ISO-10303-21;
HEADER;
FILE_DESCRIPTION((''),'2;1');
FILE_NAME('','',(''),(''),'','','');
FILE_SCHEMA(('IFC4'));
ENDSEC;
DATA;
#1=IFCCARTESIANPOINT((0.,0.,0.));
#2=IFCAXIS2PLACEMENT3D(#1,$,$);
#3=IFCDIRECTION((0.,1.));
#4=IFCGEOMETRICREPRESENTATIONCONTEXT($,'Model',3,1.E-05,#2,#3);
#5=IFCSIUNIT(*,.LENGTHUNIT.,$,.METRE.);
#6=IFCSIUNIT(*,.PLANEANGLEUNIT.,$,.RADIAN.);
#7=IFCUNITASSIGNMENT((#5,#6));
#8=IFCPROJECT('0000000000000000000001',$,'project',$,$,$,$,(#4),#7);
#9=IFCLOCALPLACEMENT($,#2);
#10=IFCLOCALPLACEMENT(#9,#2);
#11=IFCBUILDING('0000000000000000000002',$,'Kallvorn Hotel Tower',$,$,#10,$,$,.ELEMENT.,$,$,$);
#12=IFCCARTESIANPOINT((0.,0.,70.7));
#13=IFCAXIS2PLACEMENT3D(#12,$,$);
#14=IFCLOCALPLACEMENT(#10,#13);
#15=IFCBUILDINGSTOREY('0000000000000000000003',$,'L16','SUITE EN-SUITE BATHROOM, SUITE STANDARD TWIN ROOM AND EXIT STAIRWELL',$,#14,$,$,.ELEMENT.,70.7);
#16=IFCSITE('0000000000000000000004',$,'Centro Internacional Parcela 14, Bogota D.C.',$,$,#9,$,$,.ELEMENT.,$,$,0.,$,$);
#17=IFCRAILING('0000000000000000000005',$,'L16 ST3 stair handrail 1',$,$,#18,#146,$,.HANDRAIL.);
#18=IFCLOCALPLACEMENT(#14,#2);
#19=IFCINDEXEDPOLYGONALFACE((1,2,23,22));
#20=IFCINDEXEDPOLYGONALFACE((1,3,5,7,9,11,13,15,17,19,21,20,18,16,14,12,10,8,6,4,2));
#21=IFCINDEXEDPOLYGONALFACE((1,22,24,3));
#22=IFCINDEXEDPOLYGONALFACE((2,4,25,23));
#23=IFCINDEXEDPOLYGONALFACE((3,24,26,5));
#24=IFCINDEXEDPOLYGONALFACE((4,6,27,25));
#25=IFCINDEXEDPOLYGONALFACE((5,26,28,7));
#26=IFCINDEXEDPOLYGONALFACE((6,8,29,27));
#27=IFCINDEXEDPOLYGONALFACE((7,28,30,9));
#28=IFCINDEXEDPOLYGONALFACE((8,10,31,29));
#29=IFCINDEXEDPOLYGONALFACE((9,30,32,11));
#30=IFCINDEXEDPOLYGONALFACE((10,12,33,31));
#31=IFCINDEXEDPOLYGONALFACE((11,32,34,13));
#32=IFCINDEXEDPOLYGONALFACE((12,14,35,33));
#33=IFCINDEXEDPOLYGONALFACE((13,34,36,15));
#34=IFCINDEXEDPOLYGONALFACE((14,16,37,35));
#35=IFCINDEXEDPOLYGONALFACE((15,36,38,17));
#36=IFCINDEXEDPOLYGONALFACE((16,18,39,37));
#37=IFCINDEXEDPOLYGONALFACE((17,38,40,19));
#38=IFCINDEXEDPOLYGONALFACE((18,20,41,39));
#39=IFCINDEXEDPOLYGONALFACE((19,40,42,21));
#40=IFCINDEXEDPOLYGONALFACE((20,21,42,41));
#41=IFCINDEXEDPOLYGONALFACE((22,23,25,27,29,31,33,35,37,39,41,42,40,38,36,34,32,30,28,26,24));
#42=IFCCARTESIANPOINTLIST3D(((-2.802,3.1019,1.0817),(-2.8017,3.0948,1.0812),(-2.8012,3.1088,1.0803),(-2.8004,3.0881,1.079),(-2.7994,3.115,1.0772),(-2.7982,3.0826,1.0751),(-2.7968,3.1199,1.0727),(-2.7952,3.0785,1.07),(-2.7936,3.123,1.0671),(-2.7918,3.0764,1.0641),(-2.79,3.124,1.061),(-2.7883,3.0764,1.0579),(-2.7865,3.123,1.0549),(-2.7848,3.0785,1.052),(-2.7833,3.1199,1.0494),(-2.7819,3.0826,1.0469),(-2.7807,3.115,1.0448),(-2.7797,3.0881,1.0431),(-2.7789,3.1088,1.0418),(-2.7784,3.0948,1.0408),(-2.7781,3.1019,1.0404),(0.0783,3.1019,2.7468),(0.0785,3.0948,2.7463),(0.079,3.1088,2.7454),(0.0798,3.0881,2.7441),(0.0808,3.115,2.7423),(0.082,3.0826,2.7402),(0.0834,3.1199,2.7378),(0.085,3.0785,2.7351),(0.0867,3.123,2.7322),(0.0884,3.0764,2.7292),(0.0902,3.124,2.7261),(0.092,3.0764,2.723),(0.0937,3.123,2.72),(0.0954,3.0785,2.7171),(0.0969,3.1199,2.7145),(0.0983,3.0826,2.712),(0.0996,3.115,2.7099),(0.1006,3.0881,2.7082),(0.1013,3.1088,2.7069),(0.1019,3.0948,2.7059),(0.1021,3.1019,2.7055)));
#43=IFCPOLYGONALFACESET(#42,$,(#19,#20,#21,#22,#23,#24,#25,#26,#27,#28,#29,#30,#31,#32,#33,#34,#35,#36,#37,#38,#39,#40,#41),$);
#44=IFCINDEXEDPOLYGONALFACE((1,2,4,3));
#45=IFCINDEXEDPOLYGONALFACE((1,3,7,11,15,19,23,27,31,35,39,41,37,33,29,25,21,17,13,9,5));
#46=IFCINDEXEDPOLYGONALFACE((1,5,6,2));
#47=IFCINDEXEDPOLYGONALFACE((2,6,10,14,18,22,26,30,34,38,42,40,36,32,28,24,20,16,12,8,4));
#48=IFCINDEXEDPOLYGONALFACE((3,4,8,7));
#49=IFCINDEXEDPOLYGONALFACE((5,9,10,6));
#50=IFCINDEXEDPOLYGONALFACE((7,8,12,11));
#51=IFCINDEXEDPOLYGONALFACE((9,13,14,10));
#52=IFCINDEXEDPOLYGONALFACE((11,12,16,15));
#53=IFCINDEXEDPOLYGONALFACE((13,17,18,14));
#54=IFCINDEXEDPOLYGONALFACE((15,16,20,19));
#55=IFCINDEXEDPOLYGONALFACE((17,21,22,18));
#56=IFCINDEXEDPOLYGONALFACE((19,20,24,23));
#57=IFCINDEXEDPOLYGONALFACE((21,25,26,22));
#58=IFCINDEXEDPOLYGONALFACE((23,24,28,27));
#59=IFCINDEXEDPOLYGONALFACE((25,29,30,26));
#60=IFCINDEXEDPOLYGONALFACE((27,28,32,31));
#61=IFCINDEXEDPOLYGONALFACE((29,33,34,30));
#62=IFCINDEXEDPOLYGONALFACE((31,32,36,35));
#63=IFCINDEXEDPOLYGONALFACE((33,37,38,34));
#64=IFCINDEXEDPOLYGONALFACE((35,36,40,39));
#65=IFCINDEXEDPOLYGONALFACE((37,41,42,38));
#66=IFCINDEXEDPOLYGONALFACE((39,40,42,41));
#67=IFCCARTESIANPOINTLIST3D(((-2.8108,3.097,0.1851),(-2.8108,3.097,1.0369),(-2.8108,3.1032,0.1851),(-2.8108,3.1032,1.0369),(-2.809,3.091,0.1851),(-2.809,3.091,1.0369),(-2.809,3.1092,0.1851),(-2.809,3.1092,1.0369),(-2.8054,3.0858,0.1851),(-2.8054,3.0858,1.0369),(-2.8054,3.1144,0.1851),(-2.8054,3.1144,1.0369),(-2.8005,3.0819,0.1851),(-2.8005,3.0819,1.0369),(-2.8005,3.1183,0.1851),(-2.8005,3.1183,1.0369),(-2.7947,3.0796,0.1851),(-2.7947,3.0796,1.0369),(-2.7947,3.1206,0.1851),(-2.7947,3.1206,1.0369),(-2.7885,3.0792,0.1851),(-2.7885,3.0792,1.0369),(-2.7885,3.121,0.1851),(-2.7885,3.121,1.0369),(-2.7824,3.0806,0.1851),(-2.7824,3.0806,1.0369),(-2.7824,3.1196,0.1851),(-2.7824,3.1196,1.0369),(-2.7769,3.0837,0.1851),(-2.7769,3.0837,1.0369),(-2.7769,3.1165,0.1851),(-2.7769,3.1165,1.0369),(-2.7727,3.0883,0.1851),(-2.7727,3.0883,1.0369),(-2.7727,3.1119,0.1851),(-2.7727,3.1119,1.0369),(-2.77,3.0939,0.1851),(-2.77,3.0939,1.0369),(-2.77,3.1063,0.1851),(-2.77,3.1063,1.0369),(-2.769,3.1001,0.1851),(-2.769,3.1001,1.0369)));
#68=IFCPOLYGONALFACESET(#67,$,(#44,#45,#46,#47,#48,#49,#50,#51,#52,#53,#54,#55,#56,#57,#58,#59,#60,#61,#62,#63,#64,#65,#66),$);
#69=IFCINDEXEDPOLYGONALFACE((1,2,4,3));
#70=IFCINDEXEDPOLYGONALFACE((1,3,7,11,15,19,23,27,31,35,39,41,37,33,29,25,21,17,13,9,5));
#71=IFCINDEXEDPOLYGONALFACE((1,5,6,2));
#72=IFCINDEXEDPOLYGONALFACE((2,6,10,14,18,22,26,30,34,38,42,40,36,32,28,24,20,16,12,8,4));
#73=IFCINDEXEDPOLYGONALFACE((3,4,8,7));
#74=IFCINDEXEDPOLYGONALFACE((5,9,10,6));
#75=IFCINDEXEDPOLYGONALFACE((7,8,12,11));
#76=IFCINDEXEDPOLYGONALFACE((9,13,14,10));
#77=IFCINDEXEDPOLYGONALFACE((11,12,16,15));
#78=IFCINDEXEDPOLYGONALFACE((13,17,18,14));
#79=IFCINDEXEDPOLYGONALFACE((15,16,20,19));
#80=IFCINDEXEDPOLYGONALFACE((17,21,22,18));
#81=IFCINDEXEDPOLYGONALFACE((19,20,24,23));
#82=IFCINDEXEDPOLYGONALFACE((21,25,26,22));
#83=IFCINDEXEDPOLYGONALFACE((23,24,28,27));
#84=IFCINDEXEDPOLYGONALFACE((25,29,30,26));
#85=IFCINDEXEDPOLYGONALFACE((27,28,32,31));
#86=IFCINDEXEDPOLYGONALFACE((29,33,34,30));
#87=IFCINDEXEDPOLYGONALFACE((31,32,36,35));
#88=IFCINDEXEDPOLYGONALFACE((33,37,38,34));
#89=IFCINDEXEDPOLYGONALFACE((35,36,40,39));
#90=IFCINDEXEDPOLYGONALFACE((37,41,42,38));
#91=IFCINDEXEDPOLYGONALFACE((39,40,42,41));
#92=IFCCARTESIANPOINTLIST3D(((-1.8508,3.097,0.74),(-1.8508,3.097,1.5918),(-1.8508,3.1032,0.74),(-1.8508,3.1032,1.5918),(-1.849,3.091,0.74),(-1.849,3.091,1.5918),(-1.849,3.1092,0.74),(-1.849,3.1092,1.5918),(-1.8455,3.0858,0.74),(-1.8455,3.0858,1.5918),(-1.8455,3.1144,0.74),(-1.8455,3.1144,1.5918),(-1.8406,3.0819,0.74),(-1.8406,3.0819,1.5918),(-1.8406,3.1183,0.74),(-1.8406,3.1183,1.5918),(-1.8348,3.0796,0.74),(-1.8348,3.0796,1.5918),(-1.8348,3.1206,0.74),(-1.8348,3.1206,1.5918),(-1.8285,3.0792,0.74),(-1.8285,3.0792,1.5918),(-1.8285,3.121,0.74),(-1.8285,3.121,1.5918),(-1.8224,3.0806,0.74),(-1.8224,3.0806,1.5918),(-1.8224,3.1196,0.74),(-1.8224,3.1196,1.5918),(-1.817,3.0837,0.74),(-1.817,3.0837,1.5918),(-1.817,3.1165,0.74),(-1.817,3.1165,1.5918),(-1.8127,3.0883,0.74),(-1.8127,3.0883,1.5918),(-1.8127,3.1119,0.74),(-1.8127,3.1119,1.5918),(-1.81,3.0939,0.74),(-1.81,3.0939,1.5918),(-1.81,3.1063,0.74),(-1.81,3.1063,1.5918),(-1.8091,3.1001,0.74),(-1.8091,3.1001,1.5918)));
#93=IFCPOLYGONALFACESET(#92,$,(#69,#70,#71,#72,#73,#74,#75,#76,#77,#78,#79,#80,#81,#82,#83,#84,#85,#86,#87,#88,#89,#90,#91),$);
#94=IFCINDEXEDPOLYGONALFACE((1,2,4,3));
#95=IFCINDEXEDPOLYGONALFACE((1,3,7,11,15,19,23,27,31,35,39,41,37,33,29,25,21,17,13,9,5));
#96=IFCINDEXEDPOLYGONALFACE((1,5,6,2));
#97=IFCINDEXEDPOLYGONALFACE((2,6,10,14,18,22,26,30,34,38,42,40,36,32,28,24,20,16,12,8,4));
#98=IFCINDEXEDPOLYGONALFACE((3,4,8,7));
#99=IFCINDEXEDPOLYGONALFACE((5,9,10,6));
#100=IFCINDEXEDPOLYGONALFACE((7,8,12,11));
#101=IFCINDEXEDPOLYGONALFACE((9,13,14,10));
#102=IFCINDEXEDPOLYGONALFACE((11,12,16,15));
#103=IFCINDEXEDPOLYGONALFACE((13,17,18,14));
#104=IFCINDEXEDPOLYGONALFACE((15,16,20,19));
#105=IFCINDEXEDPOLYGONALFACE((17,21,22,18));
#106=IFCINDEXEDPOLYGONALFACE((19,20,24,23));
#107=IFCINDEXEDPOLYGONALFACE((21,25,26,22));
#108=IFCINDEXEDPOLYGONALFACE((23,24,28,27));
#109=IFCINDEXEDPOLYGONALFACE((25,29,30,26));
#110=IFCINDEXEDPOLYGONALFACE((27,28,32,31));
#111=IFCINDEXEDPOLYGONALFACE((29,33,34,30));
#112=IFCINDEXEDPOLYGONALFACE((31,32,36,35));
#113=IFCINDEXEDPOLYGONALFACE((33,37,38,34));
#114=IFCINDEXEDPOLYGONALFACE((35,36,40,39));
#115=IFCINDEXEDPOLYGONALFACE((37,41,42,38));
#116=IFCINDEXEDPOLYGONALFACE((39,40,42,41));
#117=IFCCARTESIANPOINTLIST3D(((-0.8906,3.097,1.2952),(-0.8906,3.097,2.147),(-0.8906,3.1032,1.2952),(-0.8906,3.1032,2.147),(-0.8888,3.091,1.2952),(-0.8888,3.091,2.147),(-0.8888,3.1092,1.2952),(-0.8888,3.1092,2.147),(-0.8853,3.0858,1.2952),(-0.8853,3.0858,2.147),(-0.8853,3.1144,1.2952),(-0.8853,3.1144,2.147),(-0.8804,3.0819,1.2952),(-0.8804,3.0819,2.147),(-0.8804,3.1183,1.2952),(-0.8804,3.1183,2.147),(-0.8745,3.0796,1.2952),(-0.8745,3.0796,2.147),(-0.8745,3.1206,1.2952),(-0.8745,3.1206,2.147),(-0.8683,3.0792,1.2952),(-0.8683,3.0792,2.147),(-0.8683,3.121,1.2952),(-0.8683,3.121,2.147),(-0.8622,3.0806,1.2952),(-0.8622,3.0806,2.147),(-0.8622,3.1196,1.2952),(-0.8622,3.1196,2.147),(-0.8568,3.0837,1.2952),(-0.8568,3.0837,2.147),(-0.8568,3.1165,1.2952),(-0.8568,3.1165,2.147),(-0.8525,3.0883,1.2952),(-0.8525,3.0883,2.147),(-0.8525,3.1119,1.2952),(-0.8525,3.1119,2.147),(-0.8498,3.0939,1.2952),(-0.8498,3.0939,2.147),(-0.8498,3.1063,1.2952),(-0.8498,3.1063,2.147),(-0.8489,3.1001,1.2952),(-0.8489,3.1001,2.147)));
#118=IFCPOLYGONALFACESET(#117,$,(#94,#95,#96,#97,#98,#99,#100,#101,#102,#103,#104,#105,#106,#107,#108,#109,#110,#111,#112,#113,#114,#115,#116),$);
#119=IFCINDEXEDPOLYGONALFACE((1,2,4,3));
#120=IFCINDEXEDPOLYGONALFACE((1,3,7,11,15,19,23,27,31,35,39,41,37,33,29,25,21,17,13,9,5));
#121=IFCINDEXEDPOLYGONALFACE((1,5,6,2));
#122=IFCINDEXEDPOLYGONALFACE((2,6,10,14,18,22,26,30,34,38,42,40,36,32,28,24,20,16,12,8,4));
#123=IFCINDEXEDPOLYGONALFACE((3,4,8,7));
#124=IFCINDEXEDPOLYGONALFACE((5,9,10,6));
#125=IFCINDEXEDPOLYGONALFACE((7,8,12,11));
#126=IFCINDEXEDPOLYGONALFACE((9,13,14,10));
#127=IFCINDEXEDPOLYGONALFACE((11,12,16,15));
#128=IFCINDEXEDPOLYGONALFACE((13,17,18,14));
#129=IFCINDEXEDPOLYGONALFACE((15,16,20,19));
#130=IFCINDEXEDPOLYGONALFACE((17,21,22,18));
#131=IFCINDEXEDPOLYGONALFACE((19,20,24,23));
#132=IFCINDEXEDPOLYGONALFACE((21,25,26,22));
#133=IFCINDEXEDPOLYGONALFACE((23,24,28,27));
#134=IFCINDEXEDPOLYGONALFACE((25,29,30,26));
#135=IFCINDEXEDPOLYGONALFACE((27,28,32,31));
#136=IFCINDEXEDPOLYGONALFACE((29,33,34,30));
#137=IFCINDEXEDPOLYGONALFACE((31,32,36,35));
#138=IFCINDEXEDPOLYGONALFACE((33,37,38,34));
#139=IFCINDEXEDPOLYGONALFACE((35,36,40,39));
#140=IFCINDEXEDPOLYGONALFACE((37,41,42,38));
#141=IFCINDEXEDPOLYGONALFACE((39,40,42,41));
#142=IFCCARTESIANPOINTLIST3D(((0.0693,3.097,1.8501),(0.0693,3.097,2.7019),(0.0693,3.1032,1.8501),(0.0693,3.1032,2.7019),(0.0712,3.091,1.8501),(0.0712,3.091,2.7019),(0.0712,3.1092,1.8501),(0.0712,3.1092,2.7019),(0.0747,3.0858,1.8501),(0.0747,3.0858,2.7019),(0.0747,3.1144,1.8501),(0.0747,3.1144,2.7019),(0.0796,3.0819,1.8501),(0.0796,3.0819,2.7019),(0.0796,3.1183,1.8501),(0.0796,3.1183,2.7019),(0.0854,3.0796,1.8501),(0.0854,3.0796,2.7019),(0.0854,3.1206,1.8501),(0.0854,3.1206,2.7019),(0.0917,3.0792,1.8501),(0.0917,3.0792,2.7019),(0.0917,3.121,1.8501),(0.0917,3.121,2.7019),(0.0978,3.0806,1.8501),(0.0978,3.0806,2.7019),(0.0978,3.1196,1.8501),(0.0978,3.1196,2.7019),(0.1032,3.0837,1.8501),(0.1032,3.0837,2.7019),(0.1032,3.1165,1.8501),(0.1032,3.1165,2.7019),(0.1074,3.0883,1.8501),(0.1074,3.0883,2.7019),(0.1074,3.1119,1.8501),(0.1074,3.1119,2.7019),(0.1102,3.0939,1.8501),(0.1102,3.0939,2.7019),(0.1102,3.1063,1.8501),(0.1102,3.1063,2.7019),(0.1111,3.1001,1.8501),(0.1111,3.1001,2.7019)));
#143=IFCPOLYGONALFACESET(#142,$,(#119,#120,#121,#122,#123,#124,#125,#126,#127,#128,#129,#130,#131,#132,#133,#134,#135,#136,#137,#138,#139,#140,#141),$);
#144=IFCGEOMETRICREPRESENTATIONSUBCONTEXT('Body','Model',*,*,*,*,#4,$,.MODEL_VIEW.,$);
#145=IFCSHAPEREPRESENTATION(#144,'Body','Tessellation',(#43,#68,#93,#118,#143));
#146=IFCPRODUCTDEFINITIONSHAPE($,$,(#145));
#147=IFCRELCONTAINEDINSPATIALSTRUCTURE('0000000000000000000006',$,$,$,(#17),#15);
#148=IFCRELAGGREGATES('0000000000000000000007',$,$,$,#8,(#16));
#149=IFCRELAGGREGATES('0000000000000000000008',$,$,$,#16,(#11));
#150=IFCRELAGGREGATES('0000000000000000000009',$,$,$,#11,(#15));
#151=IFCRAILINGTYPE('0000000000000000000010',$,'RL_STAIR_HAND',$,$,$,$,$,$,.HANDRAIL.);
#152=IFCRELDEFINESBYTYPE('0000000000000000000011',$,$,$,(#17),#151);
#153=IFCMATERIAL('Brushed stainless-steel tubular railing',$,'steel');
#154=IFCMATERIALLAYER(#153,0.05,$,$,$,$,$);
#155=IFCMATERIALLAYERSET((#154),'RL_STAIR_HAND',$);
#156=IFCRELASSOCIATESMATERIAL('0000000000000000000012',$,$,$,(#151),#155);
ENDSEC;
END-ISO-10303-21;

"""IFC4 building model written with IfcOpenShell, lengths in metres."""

from ifc_helpers import new_model, si_unit, direction, frame, origin, origin_2d, place, context, subcontext, project, spatial, circle, extrude, material, layer, layer_set, type_object, element, save


model = new_model("IFC4")

# Units and contexts
model_context = context("Model", 3, precision=1e-05, world=origin(), true_north=direction((0.0, 1.0)))
body_context = subcontext(model_context, "Body", "Model", "MODEL_VIEW")
ifc_project = project(units=[si_unit("LENGTHUNIT", "METRE"), si_unit("PLANEANGLEUNIT", "RADIAN")], contexts=[model_context])

# Site, building, storey
site_placement = place(None, origin())
site = spatial("IfcSite", under=ifc_project, at=site_placement, Name="Centro Internacional Parcela 14, Bogota D.C.", CompositionType="ELEMENT", RefElevation=0.0)
building_placement = place(site_placement, origin())
building = spatial("IfcBuilding", under=site, at=building_placement, Name="Kallvorn Hotel Tower", CompositionType="ELEMENT")
storey_placement = place(building_placement, frame((0.0, 0.0, 70.7)))
storey = spatial("IfcBuildingStorey", under=building, at=storey_placement, Name="L16", Description="SUITE EN-SUITE BATHROOM, SUITE STANDARD TWIN ROOM AND EXIT STAIRWELL", CompositionType="ELEMENT", Elevation=70.7)

# Railing
ifc_material_1 = material(Name="Brushed stainless-steel tubular railing", Category="steel")
ifc_layer_1 = layer(ifc_material_1, 0.05)
ifc_layer_set_1 = layer_set([ifc_layer_1], Name="RL_STAIR_HAND")
railing_type_1 = type_object("IfcRailingType", Name="RL_STAIR_HAND", PredefinedType="HANDRAIL", material=ifc_layer_set_1)
railing_1_placement = place(storey_placement, frame((-2.79, 3.1001, 0.1851)))
element("IfcRailing", 1, at=railing_1_placement, inside=storey, type_object=railing_type_1, Name="L16 ST3 stair handrail 1", PredefinedType="HANDRAIL", context=body_context, shape_type="SweptSolid", body=[
    extrude(circle(Radius=0.0239, at=origin_2d()), frame((0.0, 0.0, 0.876), z_axis=(0.865739, 0.0, 0.500495), x_axis=(0.0, 1.0, 0.0)), (0.0, 0.0, 1.0), 3.3269),
    extrude(circle(Radius=0.021, at=origin_2d()), origin(), (0.0, 0.0, 1.0), 0.8518),
    extrude(circle(Radius=0.021, at=origin_2d()), frame((0.96, 0.0, 0.5549)), (0.0, 0.0, 1.0), 0.8518),
    extrude(circle(Radius=0.021, at=origin_2d()), frame((1.9202, 0.0, 1.1101)), (0.0, 0.0, 1.0), 0.8518),
    extrude(circle(Radius=0.021, at=origin_2d()), frame((2.8801, 0.0, 1.665)), (0.0, 0.0, 1.0), 0.8518),
])

save(model, "model.ifc")
